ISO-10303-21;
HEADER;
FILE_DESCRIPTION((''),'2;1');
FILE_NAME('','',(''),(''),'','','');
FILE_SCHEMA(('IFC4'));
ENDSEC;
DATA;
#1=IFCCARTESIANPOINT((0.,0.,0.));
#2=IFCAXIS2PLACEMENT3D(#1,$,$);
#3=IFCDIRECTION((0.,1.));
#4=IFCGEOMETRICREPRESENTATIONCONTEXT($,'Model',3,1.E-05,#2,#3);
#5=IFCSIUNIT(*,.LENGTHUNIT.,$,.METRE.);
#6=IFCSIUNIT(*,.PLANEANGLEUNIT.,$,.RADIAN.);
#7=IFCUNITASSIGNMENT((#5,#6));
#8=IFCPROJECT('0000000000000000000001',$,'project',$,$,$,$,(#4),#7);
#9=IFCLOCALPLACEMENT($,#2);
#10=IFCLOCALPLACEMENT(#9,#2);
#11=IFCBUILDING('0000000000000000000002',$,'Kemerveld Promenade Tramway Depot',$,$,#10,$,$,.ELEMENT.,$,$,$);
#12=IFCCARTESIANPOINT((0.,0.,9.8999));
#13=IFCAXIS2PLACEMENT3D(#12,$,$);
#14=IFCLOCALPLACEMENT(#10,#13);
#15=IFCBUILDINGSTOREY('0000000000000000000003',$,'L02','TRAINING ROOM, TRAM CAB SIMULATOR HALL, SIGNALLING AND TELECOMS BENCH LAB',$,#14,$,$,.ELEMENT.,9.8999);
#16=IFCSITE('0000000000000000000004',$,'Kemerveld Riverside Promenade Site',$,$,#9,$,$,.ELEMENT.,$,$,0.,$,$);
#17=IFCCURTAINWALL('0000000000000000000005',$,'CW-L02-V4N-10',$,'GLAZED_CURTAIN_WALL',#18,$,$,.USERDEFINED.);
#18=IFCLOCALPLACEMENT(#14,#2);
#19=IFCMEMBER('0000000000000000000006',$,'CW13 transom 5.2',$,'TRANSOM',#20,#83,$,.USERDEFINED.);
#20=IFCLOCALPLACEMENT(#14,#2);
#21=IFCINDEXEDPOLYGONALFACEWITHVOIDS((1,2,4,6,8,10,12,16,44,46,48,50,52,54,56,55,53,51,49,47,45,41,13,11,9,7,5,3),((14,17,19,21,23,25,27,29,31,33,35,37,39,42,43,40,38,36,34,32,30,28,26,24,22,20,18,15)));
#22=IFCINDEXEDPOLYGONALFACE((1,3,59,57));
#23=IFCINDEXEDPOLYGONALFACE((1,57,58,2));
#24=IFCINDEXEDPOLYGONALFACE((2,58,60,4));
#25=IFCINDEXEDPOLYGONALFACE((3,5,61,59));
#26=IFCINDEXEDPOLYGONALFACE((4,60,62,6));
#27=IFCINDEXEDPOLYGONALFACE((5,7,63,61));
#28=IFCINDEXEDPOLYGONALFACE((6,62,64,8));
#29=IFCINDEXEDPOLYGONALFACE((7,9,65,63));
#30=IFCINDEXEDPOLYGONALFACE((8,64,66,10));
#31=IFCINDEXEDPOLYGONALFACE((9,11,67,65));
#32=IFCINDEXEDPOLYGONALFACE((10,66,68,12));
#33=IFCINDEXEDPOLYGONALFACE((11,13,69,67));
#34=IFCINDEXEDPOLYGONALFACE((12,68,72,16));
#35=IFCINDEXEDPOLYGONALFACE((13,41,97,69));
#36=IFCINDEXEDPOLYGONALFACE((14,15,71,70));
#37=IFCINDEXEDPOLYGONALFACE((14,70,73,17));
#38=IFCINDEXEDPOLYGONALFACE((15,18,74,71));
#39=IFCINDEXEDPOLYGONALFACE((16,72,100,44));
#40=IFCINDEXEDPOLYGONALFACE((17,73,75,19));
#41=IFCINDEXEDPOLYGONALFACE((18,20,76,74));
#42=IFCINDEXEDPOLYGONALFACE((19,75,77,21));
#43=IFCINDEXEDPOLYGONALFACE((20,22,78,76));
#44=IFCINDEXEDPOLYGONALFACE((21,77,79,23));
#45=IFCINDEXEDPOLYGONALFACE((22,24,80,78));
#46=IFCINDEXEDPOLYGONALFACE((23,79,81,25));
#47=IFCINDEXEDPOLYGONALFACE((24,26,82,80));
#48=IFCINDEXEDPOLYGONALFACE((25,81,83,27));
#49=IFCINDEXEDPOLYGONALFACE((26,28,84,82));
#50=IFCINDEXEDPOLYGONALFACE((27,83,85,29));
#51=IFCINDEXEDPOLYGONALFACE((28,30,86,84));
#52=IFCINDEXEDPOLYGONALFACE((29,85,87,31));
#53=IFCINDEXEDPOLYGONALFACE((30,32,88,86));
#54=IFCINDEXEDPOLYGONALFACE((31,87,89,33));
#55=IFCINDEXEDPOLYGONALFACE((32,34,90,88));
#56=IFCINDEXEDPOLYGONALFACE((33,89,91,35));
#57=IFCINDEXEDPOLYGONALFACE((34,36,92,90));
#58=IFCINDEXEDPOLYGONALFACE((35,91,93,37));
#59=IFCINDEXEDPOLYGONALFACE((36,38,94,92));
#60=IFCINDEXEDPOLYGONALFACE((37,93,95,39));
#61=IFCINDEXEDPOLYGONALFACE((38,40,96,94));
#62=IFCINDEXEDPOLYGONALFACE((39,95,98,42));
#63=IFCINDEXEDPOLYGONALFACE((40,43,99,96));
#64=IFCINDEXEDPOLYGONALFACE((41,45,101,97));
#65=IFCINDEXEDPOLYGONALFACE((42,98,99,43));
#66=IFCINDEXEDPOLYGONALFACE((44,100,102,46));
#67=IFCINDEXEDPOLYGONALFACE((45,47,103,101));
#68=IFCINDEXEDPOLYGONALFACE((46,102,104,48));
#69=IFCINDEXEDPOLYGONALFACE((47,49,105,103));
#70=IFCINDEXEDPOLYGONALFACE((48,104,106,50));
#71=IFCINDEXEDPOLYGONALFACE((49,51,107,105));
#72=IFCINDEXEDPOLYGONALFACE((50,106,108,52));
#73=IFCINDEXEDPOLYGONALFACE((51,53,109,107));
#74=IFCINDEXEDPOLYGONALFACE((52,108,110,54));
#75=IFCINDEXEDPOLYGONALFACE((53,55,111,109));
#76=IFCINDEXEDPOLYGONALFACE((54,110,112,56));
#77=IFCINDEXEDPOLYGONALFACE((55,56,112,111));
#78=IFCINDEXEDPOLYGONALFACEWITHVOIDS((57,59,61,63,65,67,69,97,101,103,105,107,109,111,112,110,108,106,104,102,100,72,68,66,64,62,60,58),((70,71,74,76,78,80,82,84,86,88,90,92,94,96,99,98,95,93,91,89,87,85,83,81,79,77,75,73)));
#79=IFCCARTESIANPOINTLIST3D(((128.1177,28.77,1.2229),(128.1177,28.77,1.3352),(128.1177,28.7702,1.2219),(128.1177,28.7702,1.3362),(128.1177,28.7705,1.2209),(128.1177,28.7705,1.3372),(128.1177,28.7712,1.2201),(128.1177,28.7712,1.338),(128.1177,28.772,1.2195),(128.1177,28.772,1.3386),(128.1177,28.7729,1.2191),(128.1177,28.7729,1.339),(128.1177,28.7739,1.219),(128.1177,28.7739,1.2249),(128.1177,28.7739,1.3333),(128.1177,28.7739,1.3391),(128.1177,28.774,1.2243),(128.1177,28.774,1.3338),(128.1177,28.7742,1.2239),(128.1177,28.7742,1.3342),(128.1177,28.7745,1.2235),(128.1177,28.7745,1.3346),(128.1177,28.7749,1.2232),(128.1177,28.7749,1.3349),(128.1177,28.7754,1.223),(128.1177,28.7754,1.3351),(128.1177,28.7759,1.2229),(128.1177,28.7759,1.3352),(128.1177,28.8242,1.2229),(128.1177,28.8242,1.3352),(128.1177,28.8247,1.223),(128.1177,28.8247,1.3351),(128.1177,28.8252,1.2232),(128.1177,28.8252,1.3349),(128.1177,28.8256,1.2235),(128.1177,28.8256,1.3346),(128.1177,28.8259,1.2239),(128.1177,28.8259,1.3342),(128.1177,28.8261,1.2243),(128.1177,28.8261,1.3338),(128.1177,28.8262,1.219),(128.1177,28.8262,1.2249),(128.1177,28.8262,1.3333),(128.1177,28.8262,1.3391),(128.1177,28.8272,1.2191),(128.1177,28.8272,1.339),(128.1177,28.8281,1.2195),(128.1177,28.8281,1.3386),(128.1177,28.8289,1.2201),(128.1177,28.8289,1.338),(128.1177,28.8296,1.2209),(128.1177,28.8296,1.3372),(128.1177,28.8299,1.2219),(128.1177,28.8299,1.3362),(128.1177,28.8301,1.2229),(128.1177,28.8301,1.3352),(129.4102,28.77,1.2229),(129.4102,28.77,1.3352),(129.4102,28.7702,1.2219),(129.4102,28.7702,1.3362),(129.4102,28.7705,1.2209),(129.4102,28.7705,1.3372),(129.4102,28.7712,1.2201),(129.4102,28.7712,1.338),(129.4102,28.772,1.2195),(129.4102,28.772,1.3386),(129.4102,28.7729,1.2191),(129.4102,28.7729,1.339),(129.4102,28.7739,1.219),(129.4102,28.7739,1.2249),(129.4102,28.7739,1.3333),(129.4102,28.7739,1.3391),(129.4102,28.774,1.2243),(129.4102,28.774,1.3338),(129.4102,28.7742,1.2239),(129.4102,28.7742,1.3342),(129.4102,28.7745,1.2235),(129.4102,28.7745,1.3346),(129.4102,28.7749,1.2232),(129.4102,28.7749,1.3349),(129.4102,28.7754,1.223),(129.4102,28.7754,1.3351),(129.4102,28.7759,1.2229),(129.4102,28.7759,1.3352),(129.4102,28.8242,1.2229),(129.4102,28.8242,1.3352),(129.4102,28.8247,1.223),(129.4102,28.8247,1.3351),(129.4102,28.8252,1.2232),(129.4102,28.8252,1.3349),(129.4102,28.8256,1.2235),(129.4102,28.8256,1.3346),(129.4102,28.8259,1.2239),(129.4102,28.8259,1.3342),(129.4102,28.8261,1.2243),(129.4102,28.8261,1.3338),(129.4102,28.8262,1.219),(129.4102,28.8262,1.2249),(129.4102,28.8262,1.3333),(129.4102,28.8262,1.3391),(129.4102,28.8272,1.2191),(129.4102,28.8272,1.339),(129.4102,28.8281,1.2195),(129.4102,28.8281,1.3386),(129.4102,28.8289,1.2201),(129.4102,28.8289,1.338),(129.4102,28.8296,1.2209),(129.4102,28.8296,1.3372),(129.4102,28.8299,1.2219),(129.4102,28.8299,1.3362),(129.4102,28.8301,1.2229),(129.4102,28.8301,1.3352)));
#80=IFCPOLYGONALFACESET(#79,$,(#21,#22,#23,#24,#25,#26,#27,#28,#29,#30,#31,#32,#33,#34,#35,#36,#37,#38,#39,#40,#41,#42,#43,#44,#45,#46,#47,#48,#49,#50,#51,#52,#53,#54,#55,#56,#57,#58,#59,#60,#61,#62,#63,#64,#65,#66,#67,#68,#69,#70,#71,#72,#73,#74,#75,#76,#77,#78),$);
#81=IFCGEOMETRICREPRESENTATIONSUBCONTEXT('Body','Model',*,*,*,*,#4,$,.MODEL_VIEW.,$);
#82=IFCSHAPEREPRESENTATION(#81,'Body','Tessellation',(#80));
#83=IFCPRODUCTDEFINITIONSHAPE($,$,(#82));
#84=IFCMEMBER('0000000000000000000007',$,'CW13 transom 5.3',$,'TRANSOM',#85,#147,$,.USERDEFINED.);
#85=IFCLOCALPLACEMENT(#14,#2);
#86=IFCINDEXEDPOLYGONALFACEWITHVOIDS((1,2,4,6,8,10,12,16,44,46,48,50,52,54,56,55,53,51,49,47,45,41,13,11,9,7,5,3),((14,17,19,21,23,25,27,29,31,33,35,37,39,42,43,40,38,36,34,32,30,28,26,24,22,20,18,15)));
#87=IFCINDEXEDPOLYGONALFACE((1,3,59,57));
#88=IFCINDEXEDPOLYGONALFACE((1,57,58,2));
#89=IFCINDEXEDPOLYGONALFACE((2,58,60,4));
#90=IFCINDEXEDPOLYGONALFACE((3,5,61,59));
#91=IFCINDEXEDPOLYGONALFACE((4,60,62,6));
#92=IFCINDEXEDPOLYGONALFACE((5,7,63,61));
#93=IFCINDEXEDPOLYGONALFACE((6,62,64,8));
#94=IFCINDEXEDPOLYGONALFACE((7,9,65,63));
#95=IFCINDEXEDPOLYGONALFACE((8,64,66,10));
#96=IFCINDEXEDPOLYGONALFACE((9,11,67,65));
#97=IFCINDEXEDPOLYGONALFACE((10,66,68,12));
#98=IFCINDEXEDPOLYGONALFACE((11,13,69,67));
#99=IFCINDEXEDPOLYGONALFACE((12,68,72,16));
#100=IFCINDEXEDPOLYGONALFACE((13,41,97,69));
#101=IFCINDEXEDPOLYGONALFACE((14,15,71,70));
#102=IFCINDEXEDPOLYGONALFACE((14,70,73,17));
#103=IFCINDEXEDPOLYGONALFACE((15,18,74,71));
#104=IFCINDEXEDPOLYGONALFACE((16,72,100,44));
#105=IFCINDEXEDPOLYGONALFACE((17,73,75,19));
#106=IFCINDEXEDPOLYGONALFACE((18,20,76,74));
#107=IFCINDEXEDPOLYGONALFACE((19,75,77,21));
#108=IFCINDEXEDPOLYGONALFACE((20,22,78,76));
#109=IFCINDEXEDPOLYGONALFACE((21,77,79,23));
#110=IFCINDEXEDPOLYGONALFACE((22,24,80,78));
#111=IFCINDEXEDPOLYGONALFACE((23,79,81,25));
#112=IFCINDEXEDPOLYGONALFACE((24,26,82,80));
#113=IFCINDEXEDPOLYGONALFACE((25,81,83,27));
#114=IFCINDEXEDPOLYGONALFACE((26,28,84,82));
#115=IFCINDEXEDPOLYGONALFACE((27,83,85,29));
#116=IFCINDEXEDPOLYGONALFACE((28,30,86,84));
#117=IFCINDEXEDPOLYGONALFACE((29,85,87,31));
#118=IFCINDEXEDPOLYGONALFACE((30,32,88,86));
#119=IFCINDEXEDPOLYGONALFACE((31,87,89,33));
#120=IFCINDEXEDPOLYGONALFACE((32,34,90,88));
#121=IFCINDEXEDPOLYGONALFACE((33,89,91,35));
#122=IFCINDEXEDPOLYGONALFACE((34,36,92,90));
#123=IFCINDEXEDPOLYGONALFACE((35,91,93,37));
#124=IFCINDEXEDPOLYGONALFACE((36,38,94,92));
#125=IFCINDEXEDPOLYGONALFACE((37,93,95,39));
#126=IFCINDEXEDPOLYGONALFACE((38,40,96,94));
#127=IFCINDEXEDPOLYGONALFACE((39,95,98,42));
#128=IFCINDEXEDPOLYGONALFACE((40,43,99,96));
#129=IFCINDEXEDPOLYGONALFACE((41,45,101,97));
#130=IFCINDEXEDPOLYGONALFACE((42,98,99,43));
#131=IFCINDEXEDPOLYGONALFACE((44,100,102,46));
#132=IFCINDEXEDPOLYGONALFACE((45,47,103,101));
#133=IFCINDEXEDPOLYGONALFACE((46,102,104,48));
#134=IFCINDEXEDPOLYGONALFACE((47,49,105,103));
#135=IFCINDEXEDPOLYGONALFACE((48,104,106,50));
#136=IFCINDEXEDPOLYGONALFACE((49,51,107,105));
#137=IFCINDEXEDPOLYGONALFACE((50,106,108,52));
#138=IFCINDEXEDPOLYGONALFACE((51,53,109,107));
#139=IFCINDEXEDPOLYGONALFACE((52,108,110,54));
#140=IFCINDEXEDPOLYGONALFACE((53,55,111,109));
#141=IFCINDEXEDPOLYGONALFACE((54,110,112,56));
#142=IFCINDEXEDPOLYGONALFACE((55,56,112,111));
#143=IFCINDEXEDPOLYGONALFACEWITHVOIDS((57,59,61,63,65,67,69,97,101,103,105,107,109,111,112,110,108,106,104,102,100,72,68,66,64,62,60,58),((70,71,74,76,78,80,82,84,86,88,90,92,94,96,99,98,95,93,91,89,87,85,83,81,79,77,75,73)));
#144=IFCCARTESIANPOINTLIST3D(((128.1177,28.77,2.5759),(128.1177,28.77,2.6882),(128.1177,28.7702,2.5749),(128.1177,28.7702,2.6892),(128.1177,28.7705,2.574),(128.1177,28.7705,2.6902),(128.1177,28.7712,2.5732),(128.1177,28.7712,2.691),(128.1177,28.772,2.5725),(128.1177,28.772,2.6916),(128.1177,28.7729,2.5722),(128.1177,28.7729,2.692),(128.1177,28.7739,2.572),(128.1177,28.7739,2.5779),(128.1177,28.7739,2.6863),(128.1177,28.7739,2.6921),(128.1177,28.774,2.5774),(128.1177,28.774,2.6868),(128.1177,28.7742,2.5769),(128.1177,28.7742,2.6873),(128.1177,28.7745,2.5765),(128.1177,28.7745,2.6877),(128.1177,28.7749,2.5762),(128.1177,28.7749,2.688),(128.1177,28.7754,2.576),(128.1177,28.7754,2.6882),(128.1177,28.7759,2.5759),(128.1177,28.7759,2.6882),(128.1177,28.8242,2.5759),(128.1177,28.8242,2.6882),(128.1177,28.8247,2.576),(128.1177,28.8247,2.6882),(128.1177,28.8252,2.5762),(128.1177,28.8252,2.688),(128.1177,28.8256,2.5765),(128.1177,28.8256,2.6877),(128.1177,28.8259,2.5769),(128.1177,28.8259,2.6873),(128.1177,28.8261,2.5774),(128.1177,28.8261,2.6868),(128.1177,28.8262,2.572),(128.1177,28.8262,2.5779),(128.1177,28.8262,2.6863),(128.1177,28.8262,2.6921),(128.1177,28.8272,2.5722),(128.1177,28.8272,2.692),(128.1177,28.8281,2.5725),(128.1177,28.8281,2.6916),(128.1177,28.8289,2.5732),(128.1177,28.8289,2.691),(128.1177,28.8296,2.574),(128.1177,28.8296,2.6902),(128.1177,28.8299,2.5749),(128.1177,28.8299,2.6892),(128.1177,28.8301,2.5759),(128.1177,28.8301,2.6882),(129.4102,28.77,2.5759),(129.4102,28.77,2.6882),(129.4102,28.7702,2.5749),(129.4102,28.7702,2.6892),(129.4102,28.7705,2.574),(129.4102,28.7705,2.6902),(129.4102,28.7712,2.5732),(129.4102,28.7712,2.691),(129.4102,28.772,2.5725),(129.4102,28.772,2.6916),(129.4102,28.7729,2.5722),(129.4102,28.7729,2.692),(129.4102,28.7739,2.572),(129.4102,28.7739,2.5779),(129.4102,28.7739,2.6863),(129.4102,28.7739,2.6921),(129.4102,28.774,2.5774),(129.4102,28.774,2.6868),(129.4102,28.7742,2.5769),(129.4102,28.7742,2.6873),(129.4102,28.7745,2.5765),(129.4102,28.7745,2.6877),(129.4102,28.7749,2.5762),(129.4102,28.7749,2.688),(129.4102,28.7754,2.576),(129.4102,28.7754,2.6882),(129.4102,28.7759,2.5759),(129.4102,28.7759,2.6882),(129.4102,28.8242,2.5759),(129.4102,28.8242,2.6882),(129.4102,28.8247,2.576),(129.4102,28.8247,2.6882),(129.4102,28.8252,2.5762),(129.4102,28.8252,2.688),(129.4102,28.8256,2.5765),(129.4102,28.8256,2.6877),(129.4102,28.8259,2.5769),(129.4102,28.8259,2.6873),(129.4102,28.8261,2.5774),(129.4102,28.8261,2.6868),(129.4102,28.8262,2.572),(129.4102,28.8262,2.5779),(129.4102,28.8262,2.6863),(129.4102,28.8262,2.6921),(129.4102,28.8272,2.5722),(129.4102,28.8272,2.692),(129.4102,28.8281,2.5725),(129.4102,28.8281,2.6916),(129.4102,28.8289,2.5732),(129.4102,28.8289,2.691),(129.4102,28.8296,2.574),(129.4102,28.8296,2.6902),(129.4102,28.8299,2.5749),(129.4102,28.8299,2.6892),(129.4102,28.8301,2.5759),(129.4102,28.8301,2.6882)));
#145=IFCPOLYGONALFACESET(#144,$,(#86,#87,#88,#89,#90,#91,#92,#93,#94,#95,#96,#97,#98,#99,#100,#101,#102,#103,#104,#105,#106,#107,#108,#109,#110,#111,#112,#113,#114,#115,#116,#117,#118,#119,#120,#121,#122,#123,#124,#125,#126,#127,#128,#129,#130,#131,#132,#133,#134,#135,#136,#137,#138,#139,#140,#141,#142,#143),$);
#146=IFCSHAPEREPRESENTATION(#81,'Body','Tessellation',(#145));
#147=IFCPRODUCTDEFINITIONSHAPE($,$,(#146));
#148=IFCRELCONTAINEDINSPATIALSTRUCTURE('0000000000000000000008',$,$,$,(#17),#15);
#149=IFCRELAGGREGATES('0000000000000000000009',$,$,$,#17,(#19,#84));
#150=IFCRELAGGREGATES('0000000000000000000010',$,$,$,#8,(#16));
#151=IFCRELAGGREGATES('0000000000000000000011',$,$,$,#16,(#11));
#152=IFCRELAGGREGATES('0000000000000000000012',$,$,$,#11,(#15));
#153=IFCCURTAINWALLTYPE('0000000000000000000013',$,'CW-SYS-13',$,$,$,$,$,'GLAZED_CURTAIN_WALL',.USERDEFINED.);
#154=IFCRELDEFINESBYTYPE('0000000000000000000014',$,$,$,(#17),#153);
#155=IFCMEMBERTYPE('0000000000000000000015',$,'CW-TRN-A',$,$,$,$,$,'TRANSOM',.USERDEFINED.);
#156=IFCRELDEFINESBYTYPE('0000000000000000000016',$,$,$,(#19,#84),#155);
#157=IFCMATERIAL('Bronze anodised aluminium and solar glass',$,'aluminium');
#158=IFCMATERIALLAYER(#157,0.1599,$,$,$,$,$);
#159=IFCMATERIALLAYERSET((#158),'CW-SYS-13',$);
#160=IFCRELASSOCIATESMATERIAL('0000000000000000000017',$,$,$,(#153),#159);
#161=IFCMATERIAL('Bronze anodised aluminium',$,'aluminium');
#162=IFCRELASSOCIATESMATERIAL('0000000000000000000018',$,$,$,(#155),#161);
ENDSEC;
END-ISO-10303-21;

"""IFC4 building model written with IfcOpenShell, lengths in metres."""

from ifc_helpers import new_model, si_unit, direction, frame, origin, origin_2d, place, context, subcontext, project, spatial, hollow_rectangle, extrude, material, layer, layer_set, material_profile, profile_set, type_object, element, aggregate, save


model = new_model("IFC4")

# Units and contexts
model_context = context("Model", 3, precision=1e-05, world=origin(), true_north=direction((0.0, 1.0)))
body_context = subcontext(model_context, "Body", "Model", "MODEL_VIEW")
ifc_project = project(units=[si_unit("LENGTHUNIT", "METRE"), si_unit("PLANEANGLEUNIT", "RADIAN")], contexts=[model_context])

# Site, building, storey
site_placement = place(None, origin())
site = spatial("IfcSite", under=ifc_project, at=site_placement, Name="Kemerveld Riverside Promenade Site", CompositionType="ELEMENT", RefElevation=0.0)
building_placement = place(site_placement, origin())
building = spatial("IfcBuilding", under=site, at=building_placement, Name="Kemerveld Promenade Tramway Depot", CompositionType="ELEMENT")
storey_placement = place(building_placement, frame((0.0, 0.0, 9.8999)))
storey = spatial("IfcBuildingStorey", under=building, at=storey_placement, Name="L02", Description="TRAINING ROOM, TRAM CAB SIMULATOR HALL, SIGNALLING AND TELECOMS BENCH LAB", CompositionType="ELEMENT", Elevation=9.8999)

# Curtain wall, members
ifc_material_1 = material(Name="Bronze anodised aluminium and solar glass", Category="aluminium")
ifc_layer_1 = layer(ifc_material_1, 0.1599)
ifc_layer_set_1 = layer_set([ifc_layer_1], Name="CW-SYS-13")
curtain_wall_type = type_object("IfcCurtainWallType", Name="CW-SYS-13", ElementType="GLAZED_CURTAIN_WALL", PredefinedType="USERDEFINED", material=ifc_layer_set_1)
curtain_wall_placement = place(storey_placement, origin())
curtain_wall = element("IfcCurtainWall", 1, at=curtain_wall_placement, inside=storey, type_object=curtain_wall_type, Name="CW-L02-V4N-10", ObjectType="GLAZED_CURTAIN_WALL", PredefinedType="USERDEFINED")
ifc_material_2 = material(Name="Bronze anodised aluminium", Category="aluminium")
ifc_material_profile_1 = material_profile(ifc_material_2, hollow_rectangle(XDim=0.0601, YDim=0.1201, WallThickness=0.0039, InnerFilletRadius=0.002, OuterFilletRadius=0.0039, at=origin_2d()), Name="CW-TRN-120x60")
ifc_profile_set_1 = profile_set([ifc_material_profile_1], Name="Bronze anodised aluminium")
member_type_1 = type_object("IfcMemberType", Name="CW-TRN-A", ElementType="TRANSOM", PredefinedType="USERDEFINED", material=ifc_profile_set_1)
member_1_placement = place(storey_placement, frame((128.1177, 28.8, 1.2791), z_axis=(1.0, 0.0, 0.0), x_axis=(0.0, 1.0, 0.0)))
member_1 = element("IfcMember", 2, at=member_1_placement, type_object=member_type_1, Name="CW13 transom 5.2", ObjectType="TRANSOM", PredefinedType="USERDEFINED", context=body_context, shape_type="SweptSolid", body=[
    extrude(hollow_rectangle(XDim=0.0601, YDim=0.1201, WallThickness=0.0039, InnerFilletRadius=0.002, OuterFilletRadius=0.0039, at=origin_2d()), origin(), (0.0, 0.0, 1.0), 1.2925),
])
member_2_placement = place(storey_placement, frame((128.1177, 28.8, 2.6321), z_axis=(1.0, 0.0, 0.0), x_axis=(0.0, 1.0, 0.0)))
member_2 = element("IfcMember", 3, at=member_2_placement, type_object=member_type_1, Name="CW13 transom 5.3", ObjectType="TRANSOM", PredefinedType="USERDEFINED", context=body_context, shape_type="SweptSolid", body=[
    extrude(hollow_rectangle(XDim=0.0601, YDim=0.1201, WallThickness=0.0039, InnerFilletRadius=0.002, OuterFilletRadius=0.0039, at=origin_2d()), origin(), (0.0, 0.0, 1.0), 1.2925),
])
aggregate(curtain_wall, [member_1, member_2])

save(model, "model.ifc")
